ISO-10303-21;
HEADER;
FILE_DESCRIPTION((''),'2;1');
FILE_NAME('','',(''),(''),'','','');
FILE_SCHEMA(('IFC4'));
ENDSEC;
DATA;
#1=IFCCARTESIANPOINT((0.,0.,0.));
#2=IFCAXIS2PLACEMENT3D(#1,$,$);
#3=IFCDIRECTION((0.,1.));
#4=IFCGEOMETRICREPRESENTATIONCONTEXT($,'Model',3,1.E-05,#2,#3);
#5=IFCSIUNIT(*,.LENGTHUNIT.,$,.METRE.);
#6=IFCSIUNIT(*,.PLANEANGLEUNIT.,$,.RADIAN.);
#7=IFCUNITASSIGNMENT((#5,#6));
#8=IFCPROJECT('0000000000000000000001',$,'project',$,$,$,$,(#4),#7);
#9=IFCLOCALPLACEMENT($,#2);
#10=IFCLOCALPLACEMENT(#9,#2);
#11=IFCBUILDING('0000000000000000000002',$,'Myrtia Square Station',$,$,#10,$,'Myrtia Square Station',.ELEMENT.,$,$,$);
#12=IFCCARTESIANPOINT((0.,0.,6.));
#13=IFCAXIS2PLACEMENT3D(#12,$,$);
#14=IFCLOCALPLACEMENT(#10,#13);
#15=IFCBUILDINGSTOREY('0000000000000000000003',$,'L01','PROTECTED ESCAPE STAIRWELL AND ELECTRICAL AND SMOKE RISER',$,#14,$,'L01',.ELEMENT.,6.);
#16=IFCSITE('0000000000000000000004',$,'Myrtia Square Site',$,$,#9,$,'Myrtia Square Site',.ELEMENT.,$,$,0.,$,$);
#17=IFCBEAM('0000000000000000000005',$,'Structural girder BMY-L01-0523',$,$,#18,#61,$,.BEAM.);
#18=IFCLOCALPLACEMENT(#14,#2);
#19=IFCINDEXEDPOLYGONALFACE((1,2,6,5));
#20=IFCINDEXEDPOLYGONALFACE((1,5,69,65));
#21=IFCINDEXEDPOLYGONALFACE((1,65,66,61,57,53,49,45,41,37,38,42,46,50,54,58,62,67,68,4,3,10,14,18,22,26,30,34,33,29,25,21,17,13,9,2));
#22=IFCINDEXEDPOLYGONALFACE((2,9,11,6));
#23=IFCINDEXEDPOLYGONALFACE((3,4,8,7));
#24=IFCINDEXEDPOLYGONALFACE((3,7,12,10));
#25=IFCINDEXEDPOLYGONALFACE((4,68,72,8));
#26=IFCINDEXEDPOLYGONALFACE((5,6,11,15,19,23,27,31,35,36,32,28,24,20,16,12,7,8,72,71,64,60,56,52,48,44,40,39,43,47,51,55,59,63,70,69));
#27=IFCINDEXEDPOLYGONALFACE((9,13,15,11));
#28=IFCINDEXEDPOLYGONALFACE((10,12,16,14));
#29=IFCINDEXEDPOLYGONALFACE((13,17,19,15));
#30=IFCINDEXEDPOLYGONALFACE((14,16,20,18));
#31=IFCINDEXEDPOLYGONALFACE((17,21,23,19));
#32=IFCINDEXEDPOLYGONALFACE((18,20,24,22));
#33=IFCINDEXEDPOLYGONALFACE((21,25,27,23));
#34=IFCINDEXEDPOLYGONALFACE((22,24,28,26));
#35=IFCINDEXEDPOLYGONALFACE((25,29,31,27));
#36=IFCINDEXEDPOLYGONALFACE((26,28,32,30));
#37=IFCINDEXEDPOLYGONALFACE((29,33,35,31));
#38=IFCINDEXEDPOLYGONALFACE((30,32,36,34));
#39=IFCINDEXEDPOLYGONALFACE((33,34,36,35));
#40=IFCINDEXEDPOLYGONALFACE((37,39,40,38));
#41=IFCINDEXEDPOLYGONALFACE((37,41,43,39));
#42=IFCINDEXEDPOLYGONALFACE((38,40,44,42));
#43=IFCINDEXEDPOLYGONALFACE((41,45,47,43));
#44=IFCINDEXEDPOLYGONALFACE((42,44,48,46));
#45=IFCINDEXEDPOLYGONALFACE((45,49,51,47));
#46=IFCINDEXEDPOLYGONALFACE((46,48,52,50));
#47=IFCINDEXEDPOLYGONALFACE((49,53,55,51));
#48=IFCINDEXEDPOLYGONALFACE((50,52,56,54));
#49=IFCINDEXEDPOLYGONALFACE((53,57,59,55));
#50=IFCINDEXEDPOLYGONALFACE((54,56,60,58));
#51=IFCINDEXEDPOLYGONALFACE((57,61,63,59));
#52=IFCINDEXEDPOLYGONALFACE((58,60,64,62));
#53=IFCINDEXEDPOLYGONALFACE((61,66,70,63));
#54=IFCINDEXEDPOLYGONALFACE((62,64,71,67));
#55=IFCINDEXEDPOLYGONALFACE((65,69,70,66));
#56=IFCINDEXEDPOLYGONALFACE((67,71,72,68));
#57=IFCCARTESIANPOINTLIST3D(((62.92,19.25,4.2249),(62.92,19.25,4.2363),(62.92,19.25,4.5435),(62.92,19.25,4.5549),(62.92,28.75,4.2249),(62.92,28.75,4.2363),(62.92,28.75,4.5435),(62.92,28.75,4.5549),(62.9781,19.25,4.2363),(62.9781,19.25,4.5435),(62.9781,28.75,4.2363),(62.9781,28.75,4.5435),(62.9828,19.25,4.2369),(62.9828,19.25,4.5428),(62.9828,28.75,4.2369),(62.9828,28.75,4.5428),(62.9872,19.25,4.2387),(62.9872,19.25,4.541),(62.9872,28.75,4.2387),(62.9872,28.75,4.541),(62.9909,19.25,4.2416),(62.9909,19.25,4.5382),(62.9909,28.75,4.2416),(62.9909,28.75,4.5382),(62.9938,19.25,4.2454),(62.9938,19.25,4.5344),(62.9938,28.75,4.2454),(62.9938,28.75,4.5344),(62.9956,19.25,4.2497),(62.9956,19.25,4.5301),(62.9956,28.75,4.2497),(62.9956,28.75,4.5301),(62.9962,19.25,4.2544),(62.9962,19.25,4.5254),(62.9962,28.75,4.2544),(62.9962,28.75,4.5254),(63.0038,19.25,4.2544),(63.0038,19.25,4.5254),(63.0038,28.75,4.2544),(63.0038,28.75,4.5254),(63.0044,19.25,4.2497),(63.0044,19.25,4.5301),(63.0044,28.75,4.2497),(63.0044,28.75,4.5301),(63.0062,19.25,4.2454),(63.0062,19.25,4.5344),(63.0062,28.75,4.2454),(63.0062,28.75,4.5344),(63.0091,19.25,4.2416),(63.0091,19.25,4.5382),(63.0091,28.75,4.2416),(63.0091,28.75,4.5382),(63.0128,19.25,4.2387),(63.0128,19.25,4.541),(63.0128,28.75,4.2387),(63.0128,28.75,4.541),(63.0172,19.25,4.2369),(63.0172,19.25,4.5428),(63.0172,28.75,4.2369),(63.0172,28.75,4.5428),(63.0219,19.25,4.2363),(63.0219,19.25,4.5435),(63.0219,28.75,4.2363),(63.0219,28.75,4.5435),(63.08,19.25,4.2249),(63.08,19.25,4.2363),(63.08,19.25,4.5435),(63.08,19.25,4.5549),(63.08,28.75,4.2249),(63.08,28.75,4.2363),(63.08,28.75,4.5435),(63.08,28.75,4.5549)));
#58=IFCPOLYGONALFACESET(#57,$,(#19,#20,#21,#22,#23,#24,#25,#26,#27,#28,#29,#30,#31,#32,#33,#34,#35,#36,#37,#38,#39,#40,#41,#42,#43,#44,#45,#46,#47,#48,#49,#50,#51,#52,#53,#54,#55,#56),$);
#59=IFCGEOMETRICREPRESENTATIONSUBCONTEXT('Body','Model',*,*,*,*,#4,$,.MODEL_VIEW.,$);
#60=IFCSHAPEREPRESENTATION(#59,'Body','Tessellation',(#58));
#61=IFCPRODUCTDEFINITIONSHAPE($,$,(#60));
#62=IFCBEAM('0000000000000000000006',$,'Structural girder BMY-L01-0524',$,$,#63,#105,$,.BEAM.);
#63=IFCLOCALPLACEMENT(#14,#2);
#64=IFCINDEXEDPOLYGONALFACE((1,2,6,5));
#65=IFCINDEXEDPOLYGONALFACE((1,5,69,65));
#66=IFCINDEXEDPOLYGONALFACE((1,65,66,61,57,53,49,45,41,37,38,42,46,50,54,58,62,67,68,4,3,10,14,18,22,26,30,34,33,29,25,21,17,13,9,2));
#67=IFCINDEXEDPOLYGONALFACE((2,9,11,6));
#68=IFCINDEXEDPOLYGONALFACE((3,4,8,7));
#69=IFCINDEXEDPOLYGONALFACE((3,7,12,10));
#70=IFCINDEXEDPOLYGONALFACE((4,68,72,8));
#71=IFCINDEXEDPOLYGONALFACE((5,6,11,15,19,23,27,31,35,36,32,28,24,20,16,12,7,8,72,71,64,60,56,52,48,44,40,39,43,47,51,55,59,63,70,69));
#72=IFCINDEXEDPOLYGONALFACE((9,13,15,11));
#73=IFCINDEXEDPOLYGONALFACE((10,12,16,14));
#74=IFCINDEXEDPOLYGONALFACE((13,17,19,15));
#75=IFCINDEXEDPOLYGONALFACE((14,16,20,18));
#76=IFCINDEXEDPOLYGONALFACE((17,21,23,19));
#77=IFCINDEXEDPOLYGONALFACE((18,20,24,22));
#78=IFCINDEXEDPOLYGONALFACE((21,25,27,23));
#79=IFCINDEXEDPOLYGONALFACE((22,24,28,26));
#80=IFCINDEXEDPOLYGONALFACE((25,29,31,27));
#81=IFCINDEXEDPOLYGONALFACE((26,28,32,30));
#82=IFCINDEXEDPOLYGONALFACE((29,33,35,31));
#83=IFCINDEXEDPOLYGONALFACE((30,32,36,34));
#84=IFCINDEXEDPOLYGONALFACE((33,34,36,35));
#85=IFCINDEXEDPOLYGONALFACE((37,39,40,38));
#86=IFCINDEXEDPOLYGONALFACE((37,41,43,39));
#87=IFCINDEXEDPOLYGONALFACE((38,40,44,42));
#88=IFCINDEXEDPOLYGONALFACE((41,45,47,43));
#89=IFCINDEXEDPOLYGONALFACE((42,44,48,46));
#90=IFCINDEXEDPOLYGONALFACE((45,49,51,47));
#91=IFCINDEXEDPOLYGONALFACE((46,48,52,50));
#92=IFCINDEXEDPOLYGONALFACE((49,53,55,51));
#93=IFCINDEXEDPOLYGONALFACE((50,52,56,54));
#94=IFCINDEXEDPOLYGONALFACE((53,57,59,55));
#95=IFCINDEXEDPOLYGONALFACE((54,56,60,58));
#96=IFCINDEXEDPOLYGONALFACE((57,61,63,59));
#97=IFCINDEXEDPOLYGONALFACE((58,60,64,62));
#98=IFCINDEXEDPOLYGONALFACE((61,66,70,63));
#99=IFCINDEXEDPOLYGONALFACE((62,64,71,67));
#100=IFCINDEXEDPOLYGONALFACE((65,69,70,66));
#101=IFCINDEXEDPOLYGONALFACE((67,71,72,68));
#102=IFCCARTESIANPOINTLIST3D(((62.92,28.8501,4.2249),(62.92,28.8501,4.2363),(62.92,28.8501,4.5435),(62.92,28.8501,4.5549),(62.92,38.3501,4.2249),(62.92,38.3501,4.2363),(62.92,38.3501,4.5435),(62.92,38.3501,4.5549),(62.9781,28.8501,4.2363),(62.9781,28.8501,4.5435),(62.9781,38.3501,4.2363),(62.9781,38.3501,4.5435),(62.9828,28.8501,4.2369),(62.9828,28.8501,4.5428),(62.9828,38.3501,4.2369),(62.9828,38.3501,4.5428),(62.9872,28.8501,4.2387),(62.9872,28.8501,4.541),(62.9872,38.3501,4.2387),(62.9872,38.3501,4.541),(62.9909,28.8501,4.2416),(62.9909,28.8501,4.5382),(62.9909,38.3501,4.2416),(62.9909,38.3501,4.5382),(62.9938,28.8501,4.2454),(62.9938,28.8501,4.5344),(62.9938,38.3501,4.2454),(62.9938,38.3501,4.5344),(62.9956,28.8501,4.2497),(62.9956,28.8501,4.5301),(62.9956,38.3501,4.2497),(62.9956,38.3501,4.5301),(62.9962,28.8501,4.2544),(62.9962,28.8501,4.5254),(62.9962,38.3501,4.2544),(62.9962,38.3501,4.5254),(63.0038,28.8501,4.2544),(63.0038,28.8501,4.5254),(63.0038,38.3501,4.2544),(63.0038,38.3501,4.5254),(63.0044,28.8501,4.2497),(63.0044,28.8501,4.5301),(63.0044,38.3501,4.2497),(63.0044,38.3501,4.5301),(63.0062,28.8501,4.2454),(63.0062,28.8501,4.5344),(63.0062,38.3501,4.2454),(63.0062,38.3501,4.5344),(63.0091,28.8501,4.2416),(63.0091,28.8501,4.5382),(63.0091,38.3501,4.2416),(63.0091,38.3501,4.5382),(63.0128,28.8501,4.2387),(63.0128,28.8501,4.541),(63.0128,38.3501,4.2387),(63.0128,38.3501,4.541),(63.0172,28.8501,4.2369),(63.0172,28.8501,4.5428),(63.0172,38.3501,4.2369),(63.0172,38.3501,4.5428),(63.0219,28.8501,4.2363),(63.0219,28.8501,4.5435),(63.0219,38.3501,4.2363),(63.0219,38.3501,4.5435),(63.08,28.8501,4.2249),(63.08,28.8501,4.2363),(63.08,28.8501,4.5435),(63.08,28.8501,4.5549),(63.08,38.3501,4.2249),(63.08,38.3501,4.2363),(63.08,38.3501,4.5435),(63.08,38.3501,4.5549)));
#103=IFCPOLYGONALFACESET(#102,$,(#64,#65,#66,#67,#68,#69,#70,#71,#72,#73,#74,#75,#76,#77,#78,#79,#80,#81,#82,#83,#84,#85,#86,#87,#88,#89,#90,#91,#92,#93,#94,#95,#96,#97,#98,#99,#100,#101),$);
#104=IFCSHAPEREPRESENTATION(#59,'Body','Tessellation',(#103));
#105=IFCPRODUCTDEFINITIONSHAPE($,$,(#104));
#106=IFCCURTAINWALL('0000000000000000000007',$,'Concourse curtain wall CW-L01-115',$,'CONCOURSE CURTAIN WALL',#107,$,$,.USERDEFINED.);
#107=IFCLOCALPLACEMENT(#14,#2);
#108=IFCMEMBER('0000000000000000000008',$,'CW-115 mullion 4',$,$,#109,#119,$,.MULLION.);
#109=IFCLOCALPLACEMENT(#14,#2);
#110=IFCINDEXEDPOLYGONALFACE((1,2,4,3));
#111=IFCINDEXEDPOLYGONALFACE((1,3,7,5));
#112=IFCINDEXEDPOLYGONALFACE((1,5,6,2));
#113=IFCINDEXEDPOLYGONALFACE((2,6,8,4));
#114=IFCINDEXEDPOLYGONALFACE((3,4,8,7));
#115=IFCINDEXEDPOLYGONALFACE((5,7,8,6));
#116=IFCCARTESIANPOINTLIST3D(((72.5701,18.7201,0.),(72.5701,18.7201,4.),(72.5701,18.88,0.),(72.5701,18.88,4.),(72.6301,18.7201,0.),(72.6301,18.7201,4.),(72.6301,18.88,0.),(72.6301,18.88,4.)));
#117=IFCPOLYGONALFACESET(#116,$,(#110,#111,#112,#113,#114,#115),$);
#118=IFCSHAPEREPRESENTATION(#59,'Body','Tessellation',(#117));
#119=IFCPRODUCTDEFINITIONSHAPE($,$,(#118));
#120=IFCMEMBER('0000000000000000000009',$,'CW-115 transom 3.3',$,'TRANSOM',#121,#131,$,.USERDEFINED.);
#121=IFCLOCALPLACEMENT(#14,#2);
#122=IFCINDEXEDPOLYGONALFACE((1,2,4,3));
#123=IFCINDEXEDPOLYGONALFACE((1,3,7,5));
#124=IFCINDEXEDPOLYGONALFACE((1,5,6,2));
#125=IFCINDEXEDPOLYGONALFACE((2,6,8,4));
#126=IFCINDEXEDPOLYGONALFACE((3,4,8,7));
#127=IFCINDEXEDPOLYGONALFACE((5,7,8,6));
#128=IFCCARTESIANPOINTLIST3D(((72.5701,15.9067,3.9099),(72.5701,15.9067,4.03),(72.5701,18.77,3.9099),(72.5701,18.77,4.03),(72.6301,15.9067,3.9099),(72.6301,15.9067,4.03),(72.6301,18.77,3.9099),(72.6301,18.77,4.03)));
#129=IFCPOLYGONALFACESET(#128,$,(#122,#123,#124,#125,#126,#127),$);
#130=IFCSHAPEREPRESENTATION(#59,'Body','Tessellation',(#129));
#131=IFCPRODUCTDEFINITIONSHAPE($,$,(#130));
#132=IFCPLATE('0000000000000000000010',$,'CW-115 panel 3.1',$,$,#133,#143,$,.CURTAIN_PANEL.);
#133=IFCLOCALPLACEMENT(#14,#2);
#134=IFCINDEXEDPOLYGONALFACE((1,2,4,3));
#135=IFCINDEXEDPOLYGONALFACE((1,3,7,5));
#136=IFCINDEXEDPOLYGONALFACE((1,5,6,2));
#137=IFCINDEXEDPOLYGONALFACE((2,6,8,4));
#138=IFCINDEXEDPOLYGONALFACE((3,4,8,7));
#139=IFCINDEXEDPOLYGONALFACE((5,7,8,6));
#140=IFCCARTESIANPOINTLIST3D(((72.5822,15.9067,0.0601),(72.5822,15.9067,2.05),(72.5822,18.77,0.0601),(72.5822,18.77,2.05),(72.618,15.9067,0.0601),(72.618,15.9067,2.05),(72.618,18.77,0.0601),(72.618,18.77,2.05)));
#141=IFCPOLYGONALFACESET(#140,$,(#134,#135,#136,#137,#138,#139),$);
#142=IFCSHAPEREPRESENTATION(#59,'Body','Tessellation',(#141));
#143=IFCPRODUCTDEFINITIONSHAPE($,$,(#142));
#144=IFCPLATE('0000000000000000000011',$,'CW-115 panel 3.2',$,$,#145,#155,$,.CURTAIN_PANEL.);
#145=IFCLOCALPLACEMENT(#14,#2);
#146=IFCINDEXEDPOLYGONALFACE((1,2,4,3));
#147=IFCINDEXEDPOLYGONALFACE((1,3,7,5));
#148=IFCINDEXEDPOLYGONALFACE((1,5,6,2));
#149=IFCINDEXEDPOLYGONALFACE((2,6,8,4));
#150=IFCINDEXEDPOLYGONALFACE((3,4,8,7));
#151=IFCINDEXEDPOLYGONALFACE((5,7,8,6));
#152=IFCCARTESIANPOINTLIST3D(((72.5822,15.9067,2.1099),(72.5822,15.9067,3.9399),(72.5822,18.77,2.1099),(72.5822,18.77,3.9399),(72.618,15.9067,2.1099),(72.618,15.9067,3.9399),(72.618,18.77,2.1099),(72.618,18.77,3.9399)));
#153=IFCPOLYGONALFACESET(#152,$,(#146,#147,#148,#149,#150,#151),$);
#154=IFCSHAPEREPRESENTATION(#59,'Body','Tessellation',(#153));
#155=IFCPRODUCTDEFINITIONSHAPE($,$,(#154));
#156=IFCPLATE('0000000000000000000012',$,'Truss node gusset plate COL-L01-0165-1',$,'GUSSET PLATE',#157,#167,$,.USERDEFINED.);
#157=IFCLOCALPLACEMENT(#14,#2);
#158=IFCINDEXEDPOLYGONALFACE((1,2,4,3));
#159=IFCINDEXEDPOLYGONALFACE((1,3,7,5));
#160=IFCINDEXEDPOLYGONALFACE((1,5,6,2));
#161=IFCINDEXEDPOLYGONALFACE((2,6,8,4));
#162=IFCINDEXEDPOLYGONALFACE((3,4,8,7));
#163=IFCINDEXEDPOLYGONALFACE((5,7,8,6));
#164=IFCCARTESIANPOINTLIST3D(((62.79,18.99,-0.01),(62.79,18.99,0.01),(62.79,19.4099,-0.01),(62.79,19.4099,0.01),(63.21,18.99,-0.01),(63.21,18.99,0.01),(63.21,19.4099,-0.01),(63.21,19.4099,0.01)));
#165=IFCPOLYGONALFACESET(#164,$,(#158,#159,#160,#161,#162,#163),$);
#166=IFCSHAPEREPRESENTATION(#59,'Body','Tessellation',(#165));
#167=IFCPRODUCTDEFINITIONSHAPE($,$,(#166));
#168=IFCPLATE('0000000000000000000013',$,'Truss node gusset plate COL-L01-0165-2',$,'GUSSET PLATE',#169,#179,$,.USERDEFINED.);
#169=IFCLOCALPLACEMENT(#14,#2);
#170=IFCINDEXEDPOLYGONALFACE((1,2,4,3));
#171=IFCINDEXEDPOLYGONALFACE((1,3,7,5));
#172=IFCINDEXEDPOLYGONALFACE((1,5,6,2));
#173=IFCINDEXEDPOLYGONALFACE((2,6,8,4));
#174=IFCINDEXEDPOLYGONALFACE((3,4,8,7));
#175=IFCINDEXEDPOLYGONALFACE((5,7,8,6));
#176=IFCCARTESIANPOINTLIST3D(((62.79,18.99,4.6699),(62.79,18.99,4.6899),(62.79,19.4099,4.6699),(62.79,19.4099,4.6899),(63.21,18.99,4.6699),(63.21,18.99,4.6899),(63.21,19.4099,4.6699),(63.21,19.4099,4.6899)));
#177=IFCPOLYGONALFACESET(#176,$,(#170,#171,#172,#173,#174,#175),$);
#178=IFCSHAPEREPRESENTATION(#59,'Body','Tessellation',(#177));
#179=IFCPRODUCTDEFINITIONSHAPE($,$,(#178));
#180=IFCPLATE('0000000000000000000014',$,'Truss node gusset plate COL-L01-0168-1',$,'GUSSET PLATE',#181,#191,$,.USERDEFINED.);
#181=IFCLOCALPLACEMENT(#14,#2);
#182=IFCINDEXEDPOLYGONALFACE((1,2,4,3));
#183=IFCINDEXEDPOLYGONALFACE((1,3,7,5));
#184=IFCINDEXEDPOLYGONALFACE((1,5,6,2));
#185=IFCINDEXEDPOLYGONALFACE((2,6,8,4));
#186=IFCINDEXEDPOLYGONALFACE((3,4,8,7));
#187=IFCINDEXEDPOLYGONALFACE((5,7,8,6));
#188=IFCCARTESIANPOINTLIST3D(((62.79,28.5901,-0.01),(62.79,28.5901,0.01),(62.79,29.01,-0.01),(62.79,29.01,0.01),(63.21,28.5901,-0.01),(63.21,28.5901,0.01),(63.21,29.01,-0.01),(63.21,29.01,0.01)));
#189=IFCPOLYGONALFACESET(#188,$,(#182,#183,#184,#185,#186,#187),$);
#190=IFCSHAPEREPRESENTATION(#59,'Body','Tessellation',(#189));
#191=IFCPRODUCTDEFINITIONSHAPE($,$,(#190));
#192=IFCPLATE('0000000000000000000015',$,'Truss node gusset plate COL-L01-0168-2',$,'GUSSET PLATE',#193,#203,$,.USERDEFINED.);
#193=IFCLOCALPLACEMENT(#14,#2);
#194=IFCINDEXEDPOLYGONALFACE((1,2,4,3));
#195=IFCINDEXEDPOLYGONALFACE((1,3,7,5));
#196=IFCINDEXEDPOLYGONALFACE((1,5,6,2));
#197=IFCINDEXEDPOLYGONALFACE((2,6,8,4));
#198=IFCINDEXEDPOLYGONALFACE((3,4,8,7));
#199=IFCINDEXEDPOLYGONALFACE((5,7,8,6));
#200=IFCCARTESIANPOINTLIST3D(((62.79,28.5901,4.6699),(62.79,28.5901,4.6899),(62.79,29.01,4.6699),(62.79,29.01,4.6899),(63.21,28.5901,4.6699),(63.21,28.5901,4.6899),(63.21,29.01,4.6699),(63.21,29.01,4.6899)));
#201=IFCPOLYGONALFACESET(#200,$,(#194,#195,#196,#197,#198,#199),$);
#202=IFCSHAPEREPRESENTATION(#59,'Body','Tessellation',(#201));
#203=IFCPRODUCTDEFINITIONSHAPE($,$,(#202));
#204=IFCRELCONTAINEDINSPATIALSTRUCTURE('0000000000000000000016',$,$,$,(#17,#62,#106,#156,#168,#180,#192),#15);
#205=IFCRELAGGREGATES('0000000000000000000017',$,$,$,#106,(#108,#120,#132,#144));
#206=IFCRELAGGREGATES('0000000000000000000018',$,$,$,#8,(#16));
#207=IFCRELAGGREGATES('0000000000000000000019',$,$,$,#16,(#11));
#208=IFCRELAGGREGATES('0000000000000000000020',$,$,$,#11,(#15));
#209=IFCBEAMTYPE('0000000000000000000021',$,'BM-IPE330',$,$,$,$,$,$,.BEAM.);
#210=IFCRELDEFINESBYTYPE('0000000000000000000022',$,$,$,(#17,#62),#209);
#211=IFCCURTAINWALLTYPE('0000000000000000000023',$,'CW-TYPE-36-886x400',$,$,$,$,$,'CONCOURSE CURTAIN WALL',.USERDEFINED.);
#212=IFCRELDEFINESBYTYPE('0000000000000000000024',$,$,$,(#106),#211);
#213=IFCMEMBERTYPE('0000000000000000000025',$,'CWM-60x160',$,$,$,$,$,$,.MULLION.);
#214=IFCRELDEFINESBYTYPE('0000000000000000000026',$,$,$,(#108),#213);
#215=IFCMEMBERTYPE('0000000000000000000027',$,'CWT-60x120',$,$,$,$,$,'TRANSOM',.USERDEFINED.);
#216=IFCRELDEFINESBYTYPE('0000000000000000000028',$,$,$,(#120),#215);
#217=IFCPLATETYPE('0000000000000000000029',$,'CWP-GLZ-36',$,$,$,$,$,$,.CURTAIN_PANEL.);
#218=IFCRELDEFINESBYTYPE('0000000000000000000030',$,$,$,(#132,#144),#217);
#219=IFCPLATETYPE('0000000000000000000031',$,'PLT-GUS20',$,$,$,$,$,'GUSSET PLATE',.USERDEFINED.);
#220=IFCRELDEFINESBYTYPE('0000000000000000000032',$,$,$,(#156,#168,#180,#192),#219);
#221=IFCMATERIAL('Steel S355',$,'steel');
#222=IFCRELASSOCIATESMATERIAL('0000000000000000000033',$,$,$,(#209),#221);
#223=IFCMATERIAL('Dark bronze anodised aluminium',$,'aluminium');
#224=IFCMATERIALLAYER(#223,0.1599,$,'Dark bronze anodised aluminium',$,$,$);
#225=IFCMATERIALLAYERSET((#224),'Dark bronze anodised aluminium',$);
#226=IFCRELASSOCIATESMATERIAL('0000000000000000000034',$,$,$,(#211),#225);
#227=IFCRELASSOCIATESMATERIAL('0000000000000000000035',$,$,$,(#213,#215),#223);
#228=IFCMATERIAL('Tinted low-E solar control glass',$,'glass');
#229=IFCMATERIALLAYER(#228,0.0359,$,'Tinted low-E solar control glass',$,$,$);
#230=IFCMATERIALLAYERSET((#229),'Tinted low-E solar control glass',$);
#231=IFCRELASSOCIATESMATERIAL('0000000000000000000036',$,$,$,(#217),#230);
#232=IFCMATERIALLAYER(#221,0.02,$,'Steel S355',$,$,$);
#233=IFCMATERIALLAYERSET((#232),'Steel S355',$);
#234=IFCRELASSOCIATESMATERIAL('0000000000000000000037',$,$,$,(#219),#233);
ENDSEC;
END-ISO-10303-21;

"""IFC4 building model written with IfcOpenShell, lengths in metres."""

from ifc_helpers import new_model, si_unit, direction, frame, origin, origin_2d, place, context, subcontext, project, spatial, rectangle, i_section, extrude, material, layer, layer_set, material_profile, profile_set, type_object, element, aggregate, save


model = new_model("IFC4")

# Units and contexts
model_context = context("Model", 3, precision=1e-05, world=origin(), true_north=direction((0.0, 1.0)))
body_context = subcontext(model_context, "Body", "Model", "MODEL_VIEW")
ifc_project = project(units=[si_unit("LENGTHUNIT", "METRE"), si_unit("PLANEANGLEUNIT", "RADIAN")], contexts=[model_context])

# Site, building, storey
site_placement = place(None, origin())
site = spatial("IfcSite", under=ifc_project, at=site_placement, Name="Myrtia Square Site", LongName="Myrtia Square Site", CompositionType="ELEMENT", RefElevation=0.0)
building_placement = place(site_placement, origin())
building = spatial("IfcBuilding", under=site, at=building_placement, Name="Myrtia Square Station", LongName="Myrtia Square Station", CompositionType="ELEMENT")
storey_placement = place(building_placement, frame((0.0, 0.0, 6.0)))
storey = spatial("IfcBuildingStorey", under=building, at=storey_placement, Name="L01", Description="PROTECTED ESCAPE STAIRWELL AND ELECTRICAL AND SMOKE RISER", LongName="L01", CompositionType="ELEMENT", Elevation=6.0)

# Shared definitions
ifc_material_1 = material(Name="Steel S355", Category="steel")

# Beams
ifc_material_profile_1 = material_profile(ifc_material_1, i_section(OverallWidth=0.1599, OverallDepth=0.3301, WebThickness=0.0076, FlangeThickness=0.0115, FilletRadius=0.0181, at=origin_2d()), Name="IPE 330")
ifc_profile_set_1 = profile_set([ifc_material_profile_1], Name="Steel S355")
beam_type_1 = type_object("IfcBeamType", Name="BM-IPE330", PredefinedType="BEAM", material=ifc_profile_set_1)
for number, where, z_axis, x_axis, name in (
    (1, (63.0, 19.25, 4.3899), (0.0, 1.0, 0.0), (-1.0, 0.0, 0.0), "Structural girder BMY-L01-0523"),
    (2, (63.0, 28.8501, 4.3899), (0.0, 1.0, 0.0), (-1.0, 0.0, 0.0), "Structural girder BMY-L01-0524"),
):
    element("IfcBeam", number, at=place(storey_placement, frame(where, z_axis=z_axis, x_axis=x_axis)), inside=storey, type_object=beam_type_1, Name=name, PredefinedType="BEAM", context=body_context, shape_type="SweptSolid", body=[
        extrude(i_section(OverallWidth=0.1599, OverallDepth=0.3301, WebThickness=0.0076, FlangeThickness=0.0115, FilletRadius=0.0181, at=origin_2d()), origin(), (0.0, 0.0, 1.0), 9.5),
    ])

# Curtain wall, members, plates
ifc_material_2 = material(Name="Dark bronze anodised aluminium", Category="aluminium")
ifc_layer_1 = layer(ifc_material_2, 0.1599, Name="Dark bronze anodised aluminium")
ifc_layer_set_1 = layer_set([ifc_layer_1], Name="Dark bronze anodised aluminium")
curtain_wall_type = type_object("IfcCurtainWallType", Name="CW-TYPE-36-886x400", ElementType="CONCOURSE CURTAIN WALL", PredefinedType="USERDEFINED", material=ifc_layer_set_1)
curtain_wall_placement = place(storey_placement, origin())
curtain_wall = element("IfcCurtainWall", 3, at=curtain_wall_placement, inside=storey, type_object=curtain_wall_type, Name="Concourse curtain wall CW-L01-115", ObjectType="CONCOURSE CURTAIN WALL", PredefinedType="USERDEFINED")
ifc_material_profile_2 = material_profile(ifc_material_2, rectangle(XDim=0.0601, YDim=0.1599, at=origin_2d()), Name="ALU-M 60x160")
ifc_profile_set_2 = profile_set([ifc_material_profile_2], Name="Dark bronze anodised aluminium")
member_type_1 = type_object("IfcMemberType", Name="CWM-60x160", PredefinedType="MULLION", material=ifc_profile_set_2)
member_1_placement = place(storey_placement, frame((72.6001, 18.8, 0.0), z_axis=(0.0, 0.0, 1.0), x_axis=(-1.0, 0.0, 0.0)))
member_1 = element("IfcMember", 4, at=member_1_placement, type_object=member_type_1, Name="CW-115 mullion 4", PredefinedType="MULLION", context=body_context, shape_type="SweptSolid", body=[
    extrude(rectangle(XDim=0.0601, YDim=0.1599, at=origin_2d()), origin(), (0.0, 0.0, 1.0), 4.0),
])
ifc_material_profile_3 = material_profile(ifc_material_2, rectangle(XDim=0.0601, YDim=0.1201, at=origin_2d()), Name="ALU-T 60x120")
ifc_profile_set_3 = profile_set([ifc_material_profile_3], Name="Dark bronze anodised aluminium")
member_type_2 = type_object("IfcMemberType", Name="CWT-60x120", ElementType="TRANSOM", PredefinedType="USERDEFINED", material=ifc_profile_set_3)
member_2_placement = place(storey_placement, frame((72.6001, 15.9067, 3.97), z_axis=(0.0, 1.0, 0.0), x_axis=(-1.0, 0.0, 0.0)))
member_2 = element("IfcMember", 5, at=member_2_placement, type_object=member_type_2, Name="CW-115 transom 3.3", ObjectType="TRANSOM", PredefinedType="USERDEFINED", context=body_context, shape_type="SweptSolid", body=[
    extrude(rectangle(XDim=0.0601, YDim=0.1201, at=origin_2d()), origin(), (0.0, 0.0, 1.0), 2.8633),
])
ifc_material_3 = material(Name="Tinted low-E solar control glass", Category="glass")
ifc_layer_2 = layer(ifc_material_3, 0.0359, Name="Tinted low-E solar control glass")
ifc_layer_set_2 = layer_set([ifc_layer_2], Name="Tinted low-E solar control glass")
plate_type_1 = type_object("IfcPlateType", Name="CWP-GLZ-36", PredefinedType="CURTAIN_PANEL", material=ifc_layer_set_2)
plate_1_placement = place(storey_placement, frame((72.6001, 17.3384, 0.0601), z_axis=(0.0, 0.0, 1.0), x_axis=(0.0, 1.0, 0.0)))
plate_1 = element("IfcPlate", 6, at=plate_1_placement, type_object=plate_type_1, Name="CW-115 panel 3.1", PredefinedType="CURTAIN_PANEL", context=body_context, shape_type="SweptSolid", body=[
    extrude(rectangle(XDim=2.8633, YDim=0.0359, at=origin_2d()), origin(), (0.0, 0.0, 1.0), 1.99),
])
plate_2_placement = place(storey_placement, frame((72.6001, 17.3384, 2.1099), z_axis=(0.0, 0.0, 1.0), x_axis=(0.0, 1.0, 0.0)))
plate_2 = element("IfcPlate", 7, at=plate_2_placement, type_object=plate_type_1, Name="CW-115 panel 3.2", PredefinedType="CURTAIN_PANEL", context=body_context, shape_type="SweptSolid", body=[
    extrude(rectangle(XDim=2.8633, YDim=0.0359, at=origin_2d()), origin(), (0.0, 0.0, 1.0), 1.8301),
])
aggregate(curtain_wall, [member_1, member_2, plate_1, plate_2])

# Plates
ifc_layer_3 = layer(ifc_material_1, 0.02, Name="Steel S355")
ifc_layer_set_3 = layer_set([ifc_layer_3], Name="Steel S355")
plate_type_2 = type_object("IfcPlateType", Name="PLT-GUS20", ElementType="GUSSET PLATE", PredefinedType="USERDEFINED", material=ifc_layer_set_3)
for number, where, z_axis, x_axis, name in (
    (8, (63.0, 19.2, -0.01), (0.0, 0.0, 1.0), (1.0, 0.0, 0.0), "Truss node gusset plate COL-L01-0165-1"),
    (9, (63.0, 19.2, 4.6699), (0.0, 0.0, 1.0), (1.0, 0.0, 0.0), "Truss node gusset plate COL-L01-0165-2"),
    (10, (63.0, 28.8, -0.01), (0.0, 0.0, 1.0), (1.0, 0.0, 0.0), "Truss node gusset plate COL-L01-0168-1"),
    (11, (63.0, 28.8, 4.6699), (0.0, 0.0, 1.0), (1.0, 0.0, 0.0), "Truss node gusset plate COL-L01-0168-2"),
):
    element("IfcPlate", number, at=place(storey_placement, frame(where, z_axis=z_axis, x_axis=x_axis)), inside=storey, type_object=plate_type_2, Name=name, ObjectType="GUSSET PLATE", PredefinedType="USERDEFINED", context=body_context, shape_type="SweptSolid", body=[
        extrude(rectangle(XDim=0.4199, YDim=0.4199, at=origin_2d()), origin(), (0.0, 0.0, 1.0), 0.02),
    ])

save(model, "model.ifc")
